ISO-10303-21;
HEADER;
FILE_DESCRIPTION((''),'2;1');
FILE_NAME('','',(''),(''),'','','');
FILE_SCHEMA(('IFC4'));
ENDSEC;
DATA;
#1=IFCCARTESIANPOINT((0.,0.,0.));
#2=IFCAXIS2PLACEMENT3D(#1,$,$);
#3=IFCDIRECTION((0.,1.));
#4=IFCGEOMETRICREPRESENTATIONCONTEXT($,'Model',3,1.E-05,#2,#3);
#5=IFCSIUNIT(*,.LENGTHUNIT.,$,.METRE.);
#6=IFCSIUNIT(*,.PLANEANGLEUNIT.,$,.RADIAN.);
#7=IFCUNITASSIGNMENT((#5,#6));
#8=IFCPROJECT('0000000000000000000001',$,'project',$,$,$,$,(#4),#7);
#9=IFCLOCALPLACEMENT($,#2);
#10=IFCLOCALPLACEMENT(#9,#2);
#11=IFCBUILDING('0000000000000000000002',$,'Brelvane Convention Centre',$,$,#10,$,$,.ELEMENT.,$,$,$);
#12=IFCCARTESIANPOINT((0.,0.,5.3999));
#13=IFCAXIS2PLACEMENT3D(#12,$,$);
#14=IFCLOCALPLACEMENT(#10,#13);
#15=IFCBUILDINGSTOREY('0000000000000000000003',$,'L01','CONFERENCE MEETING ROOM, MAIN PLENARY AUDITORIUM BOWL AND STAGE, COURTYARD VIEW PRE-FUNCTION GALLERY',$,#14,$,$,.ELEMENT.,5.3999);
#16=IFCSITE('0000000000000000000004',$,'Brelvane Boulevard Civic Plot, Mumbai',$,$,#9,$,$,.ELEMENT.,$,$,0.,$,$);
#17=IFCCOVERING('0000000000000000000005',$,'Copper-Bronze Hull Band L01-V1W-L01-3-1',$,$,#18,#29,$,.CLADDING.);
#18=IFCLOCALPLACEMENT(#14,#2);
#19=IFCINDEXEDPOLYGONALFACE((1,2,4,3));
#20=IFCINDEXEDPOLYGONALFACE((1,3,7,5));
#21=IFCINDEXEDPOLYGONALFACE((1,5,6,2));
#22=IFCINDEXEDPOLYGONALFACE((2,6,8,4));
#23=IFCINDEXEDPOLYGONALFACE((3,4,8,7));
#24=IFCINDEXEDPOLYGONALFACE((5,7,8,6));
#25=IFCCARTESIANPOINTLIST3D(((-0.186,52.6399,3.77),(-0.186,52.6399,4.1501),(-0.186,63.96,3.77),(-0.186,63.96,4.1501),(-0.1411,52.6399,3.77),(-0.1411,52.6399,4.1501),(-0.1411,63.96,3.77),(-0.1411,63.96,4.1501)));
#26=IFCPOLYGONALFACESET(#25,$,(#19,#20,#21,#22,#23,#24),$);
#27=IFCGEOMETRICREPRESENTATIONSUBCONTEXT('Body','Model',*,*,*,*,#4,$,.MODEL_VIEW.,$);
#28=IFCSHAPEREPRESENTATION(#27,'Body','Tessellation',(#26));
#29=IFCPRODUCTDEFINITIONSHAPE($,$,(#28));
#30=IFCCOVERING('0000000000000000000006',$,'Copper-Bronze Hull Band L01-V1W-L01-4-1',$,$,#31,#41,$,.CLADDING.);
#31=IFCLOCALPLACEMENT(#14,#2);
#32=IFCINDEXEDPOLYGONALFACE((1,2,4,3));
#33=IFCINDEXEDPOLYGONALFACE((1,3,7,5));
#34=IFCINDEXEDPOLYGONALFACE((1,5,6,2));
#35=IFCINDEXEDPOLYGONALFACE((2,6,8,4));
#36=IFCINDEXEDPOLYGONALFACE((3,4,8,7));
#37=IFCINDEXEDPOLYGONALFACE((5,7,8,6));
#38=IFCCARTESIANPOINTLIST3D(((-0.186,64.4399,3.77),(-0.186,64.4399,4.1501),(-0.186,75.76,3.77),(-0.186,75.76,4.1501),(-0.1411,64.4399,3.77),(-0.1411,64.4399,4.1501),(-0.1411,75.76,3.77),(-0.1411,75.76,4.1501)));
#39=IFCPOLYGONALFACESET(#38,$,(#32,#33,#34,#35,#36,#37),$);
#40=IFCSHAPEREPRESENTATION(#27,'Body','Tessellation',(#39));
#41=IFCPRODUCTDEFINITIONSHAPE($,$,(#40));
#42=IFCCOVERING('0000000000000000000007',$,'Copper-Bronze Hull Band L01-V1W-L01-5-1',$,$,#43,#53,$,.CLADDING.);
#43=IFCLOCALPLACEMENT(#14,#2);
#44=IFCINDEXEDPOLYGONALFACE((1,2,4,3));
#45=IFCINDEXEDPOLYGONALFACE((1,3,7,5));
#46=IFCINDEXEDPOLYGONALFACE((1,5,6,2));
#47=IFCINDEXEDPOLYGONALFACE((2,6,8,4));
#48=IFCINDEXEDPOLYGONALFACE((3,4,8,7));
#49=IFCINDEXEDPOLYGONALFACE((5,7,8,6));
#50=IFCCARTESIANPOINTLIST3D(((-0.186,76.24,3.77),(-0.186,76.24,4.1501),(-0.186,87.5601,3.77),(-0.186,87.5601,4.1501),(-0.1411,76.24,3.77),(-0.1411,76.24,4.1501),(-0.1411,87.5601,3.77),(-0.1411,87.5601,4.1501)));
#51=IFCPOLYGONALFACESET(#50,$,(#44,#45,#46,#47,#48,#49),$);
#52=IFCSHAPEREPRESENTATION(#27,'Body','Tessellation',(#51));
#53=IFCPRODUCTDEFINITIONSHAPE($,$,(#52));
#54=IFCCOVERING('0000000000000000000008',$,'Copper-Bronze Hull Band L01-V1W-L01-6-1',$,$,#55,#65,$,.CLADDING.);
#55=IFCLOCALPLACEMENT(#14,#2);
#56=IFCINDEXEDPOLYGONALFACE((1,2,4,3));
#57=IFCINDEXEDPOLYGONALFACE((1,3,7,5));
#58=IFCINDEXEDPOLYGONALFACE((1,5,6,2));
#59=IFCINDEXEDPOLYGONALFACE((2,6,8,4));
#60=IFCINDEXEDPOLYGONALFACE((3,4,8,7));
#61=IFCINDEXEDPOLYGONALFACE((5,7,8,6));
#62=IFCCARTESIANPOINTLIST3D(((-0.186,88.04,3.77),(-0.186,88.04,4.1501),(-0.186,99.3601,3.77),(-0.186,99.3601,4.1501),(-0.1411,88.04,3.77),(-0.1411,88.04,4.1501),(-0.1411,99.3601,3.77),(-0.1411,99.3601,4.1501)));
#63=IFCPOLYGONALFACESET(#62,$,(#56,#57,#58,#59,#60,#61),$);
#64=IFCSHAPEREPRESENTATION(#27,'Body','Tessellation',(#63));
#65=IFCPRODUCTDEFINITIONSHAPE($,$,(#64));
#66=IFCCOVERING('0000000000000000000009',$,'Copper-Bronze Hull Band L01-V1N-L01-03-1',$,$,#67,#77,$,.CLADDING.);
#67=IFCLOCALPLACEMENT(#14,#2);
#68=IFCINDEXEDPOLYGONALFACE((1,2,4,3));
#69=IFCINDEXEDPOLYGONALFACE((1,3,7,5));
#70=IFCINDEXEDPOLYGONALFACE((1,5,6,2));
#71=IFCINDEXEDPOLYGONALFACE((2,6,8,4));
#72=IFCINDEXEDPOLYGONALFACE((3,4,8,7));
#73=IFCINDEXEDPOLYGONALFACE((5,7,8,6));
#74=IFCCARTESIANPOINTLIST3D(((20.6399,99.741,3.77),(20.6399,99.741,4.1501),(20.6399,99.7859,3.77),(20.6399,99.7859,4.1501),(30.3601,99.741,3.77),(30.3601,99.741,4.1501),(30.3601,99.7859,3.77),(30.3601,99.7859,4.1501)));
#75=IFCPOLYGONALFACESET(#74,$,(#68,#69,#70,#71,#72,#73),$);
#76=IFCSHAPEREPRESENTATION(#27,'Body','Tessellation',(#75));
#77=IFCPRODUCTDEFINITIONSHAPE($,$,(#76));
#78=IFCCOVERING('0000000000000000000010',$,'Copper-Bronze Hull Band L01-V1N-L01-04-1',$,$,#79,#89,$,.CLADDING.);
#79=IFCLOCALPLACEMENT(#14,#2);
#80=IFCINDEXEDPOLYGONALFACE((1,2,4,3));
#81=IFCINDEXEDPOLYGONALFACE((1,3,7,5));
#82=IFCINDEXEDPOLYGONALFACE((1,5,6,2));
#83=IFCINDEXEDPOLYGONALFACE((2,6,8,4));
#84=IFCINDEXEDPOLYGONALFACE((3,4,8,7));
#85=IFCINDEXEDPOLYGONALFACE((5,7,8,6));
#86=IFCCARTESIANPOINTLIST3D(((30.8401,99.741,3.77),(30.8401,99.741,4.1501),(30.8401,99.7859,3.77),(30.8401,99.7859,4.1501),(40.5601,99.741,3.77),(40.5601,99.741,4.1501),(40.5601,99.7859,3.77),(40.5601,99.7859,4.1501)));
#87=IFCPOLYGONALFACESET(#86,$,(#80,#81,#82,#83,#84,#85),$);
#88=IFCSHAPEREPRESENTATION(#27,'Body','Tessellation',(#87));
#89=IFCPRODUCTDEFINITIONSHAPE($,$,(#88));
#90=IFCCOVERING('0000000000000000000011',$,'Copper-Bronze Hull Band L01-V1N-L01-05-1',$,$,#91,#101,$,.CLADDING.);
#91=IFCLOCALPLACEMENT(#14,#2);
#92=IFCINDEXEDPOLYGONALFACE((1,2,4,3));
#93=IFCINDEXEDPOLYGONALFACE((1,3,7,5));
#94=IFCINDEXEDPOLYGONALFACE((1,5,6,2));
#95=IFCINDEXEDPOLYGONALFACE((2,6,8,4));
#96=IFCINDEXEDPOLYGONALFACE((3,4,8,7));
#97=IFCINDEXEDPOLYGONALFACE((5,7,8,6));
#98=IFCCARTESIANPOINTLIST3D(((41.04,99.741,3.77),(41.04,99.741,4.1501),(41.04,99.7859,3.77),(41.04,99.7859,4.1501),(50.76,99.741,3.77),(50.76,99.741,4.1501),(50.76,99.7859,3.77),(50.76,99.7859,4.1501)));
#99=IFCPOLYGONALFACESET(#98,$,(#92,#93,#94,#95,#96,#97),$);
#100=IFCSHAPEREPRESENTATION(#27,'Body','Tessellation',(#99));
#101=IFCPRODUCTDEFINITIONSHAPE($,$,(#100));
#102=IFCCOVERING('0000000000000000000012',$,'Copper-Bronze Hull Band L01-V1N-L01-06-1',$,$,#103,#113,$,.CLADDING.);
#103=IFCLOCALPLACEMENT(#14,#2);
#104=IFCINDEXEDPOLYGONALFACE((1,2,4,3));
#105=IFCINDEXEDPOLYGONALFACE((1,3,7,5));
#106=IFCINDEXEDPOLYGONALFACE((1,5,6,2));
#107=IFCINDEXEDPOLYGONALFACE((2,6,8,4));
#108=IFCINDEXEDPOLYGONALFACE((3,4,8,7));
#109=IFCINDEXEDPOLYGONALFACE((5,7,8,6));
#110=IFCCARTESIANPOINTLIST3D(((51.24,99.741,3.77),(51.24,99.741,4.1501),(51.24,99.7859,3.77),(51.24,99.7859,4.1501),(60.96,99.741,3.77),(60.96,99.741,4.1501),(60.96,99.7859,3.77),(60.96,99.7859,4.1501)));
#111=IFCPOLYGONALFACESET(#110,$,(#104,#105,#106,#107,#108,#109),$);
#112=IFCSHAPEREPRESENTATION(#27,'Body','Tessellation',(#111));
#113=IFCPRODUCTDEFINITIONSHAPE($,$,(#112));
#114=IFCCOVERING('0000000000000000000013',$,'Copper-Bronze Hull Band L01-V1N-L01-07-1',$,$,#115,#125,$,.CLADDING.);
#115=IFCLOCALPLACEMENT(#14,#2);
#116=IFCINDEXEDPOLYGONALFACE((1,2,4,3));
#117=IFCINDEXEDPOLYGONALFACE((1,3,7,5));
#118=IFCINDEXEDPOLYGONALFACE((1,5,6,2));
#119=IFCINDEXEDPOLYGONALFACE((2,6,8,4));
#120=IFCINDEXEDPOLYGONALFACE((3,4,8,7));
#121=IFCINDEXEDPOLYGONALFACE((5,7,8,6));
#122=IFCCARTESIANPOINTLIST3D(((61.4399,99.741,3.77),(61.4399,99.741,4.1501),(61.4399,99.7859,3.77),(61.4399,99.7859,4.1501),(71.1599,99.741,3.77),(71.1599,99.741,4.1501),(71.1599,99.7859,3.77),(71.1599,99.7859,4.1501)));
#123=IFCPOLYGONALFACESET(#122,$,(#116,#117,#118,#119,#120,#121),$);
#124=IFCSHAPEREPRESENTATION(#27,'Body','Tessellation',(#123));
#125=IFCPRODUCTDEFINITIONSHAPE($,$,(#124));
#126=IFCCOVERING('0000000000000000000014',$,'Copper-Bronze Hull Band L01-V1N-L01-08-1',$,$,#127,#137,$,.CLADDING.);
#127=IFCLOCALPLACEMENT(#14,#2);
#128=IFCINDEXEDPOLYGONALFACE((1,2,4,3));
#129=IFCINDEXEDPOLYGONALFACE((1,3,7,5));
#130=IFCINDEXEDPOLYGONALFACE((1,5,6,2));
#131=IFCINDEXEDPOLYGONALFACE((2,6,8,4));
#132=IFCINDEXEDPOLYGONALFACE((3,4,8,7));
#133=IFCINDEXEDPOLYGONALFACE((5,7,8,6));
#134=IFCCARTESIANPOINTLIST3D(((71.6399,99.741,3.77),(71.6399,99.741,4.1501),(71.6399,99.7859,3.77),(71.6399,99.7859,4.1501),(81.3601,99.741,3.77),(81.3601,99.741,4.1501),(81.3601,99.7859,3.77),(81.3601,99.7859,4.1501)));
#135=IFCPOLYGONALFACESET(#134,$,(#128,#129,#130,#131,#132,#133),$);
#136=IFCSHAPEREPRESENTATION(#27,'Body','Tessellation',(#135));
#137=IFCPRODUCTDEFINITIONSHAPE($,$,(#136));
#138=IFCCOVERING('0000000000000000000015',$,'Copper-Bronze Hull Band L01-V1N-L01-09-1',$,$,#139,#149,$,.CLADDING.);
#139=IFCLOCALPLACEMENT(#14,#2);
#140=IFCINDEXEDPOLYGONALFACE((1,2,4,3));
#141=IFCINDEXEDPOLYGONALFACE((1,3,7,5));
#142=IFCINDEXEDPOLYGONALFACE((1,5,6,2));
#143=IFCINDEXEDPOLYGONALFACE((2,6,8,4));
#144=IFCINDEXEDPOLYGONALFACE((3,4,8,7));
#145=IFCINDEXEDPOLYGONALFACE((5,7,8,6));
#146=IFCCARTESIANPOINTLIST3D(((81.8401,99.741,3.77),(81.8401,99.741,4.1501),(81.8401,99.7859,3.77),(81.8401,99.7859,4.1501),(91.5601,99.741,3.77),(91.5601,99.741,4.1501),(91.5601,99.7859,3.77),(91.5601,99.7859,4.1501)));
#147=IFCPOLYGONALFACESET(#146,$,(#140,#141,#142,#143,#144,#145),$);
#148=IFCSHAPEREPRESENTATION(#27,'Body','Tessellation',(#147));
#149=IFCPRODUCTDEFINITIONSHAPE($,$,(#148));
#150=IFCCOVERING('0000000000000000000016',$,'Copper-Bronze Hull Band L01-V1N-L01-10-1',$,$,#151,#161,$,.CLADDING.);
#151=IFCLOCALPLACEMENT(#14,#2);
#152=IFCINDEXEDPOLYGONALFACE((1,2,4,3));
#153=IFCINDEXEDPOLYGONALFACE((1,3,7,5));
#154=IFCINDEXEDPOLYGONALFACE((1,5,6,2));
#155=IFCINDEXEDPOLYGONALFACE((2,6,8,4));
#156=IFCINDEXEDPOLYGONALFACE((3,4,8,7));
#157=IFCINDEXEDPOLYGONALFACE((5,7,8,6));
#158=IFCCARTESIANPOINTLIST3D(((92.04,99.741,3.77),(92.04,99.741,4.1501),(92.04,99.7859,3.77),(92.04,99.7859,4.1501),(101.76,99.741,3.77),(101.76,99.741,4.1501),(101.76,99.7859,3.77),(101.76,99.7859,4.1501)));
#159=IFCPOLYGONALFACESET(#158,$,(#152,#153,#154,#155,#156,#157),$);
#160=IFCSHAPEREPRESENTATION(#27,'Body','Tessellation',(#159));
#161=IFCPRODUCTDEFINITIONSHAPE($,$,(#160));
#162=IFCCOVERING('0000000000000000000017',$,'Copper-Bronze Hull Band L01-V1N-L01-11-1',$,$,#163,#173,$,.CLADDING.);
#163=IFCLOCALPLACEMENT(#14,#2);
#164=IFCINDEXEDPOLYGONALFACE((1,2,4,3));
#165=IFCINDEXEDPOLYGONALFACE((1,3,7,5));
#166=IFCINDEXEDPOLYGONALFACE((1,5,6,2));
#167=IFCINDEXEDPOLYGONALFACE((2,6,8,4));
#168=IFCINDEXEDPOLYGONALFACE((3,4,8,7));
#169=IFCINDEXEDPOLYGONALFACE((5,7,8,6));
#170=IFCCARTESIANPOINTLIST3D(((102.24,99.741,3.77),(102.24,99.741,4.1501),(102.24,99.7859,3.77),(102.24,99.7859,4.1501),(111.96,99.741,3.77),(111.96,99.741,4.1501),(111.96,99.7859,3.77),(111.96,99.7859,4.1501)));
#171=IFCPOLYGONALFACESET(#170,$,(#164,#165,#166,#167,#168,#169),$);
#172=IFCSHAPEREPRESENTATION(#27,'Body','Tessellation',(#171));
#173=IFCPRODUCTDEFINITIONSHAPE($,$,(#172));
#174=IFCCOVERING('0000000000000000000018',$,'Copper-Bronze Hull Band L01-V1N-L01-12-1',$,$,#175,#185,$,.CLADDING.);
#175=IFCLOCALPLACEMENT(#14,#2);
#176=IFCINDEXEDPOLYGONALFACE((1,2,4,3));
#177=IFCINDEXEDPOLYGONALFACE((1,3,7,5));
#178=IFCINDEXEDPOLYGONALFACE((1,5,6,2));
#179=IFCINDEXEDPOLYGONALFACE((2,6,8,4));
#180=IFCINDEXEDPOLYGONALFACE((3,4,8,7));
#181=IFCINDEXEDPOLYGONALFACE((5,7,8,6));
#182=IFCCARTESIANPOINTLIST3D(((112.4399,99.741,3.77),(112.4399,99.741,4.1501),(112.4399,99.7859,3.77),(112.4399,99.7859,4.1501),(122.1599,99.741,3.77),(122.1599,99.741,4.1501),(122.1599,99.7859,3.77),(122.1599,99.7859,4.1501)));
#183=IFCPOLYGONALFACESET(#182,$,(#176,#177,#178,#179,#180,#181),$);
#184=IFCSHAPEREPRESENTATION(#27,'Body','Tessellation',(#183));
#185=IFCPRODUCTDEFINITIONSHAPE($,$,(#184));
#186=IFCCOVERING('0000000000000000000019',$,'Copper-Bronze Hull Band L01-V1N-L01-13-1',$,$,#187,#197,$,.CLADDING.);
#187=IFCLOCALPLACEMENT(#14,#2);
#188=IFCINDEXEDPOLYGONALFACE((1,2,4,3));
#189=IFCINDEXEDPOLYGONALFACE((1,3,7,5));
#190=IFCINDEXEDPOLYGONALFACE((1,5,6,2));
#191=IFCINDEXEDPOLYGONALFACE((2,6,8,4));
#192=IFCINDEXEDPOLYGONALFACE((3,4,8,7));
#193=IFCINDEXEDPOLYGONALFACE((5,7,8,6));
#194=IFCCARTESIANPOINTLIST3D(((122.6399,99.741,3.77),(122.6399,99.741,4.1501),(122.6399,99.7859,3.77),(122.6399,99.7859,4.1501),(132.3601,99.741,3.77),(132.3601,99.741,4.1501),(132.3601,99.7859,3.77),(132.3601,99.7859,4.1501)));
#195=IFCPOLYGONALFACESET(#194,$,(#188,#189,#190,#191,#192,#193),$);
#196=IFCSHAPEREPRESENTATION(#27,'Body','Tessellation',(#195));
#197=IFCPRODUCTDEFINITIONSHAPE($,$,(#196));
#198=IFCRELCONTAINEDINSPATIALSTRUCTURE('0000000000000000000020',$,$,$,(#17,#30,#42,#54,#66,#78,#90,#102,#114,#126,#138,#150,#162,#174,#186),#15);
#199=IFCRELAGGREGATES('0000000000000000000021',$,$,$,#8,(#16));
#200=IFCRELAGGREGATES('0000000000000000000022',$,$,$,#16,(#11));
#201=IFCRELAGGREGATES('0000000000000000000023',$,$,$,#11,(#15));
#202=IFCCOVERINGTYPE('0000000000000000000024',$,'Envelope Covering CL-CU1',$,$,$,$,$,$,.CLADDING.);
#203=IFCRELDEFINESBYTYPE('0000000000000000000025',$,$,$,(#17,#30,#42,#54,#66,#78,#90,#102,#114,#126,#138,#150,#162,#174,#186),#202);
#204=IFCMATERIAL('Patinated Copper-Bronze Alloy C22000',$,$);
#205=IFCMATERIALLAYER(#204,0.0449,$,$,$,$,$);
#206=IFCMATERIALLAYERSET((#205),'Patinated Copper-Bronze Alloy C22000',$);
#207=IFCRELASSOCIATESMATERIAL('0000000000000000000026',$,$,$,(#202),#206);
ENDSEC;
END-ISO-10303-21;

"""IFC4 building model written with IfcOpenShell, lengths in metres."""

from ifc_helpers import new_model, si_unit, direction, frame, origin, place, context, subcontext, project, spatial, polyline, outline, extrude, material, layer, layer_set, type_object, element, save


model = new_model("IFC4")

# Units and contexts
model_context = context("Model", 3, precision=1e-05, world=origin(), true_north=direction((0.0, 1.0)))
body_context = subcontext(model_context, "Body", "Model", "MODEL_VIEW")
ifc_project = project(units=[si_unit("LENGTHUNIT", "METRE"), si_unit("PLANEANGLEUNIT", "RADIAN")], contexts=[model_context])

# Site, building, storey
site_placement = place(None, origin())
site = spatial("IfcSite", under=ifc_project, at=site_placement, Name="Brelvane Boulevard Civic Plot, Mumbai", CompositionType="ELEMENT", RefElevation=0.0)
building_placement = place(site_placement, origin())
building = spatial("IfcBuilding", under=site, at=building_placement, Name="Brelvane Convention Centre", CompositionType="ELEMENT")
storey_placement = place(building_placement, frame((0.0, 0.0, 5.3999)))
storey = spatial("IfcBuildingStorey", under=building, at=storey_placement, Name="L01", Description="CONFERENCE MEETING ROOM, MAIN PLENARY AUDITORIUM BOWL AND STAGE, COURTYARD VIEW PRE-FUNCTION GALLERY", CompositionType="ELEMENT", Elevation=5.3999)

# Coverings
ifc_material_1 = material(Name="Patinated Copper-Bronze Alloy C22000")
ifc_layer_1 = layer(ifc_material_1, 0.0449)
ifc_layer_set_1 = layer_set([ifc_layer_1], Name="Patinated Copper-Bronze Alloy C22000")
covering_type_1 = type_object("IfcCoveringType", Name="Envelope Covering CL-CU1", PredefinedType="CLADDING", material=ifc_layer_set_1)
covering_1_placement = place(storey_placement, frame((0.0, 0.0, 3.77)))
element("IfcCovering", 1, at=covering_1_placement, inside=storey, type_object=covering_type_1, Name="Copper-Bronze Hull Band L01-V1W-L01-3-1", PredefinedType="CLADDING", context=body_context, shape_type="SweptSolid", body=[
    extrude(outline(polyline([(-0.1411, 52.6399), (-0.1411, 63.96), (-0.186, 63.96), (-0.186, 52.6399), (-0.1411, 52.6399)])), origin(), (0.0, 0.0, 1.0), 0.3801),
])
covering_2_placement = place(storey_placement, frame((0.0, 0.0, 3.77)))
element("IfcCovering", 2, at=covering_2_placement, inside=storey, type_object=covering_type_1, Name="Copper-Bronze Hull Band L01-V1W-L01-4-1", PredefinedType="CLADDING", context=body_context, shape_type="SweptSolid", body=[
    extrude(outline(polyline([(-0.1411, 64.4399), (-0.1411, 75.76), (-0.186, 75.76), (-0.186, 64.4399), (-0.1411, 64.4399)])), origin(), (0.0, 0.0, 1.0), 0.3801),
])
covering_3_placement = place(storey_placement, frame((0.0, 0.0, 3.77)))
element("IfcCovering", 3, at=covering_3_placement, inside=storey, type_object=covering_type_1, Name="Copper-Bronze Hull Band L01-V1W-L01-5-1", PredefinedType="CLADDING", context=body_context, shape_type="SweptSolid", body=[
    extrude(outline(polyline([(-0.1411, 76.24), (-0.1411, 87.5601), (-0.186, 87.5601), (-0.186, 76.24), (-0.1411, 76.24)])), origin(), (0.0, 0.0, 1.0), 0.3801),
])
covering_4_placement = place(storey_placement, frame((0.0, 0.0, 3.77)))
element("IfcCovering", 4, at=covering_4_placement, inside=storey, type_object=covering_type_1, Name="Copper-Bronze Hull Band L01-V1W-L01-6-1", PredefinedType="CLADDING", context=body_context, shape_type="SweptSolid", body=[
    extrude(outline(polyline([(-0.1411, 88.04), (-0.1411, 99.3601), (-0.186, 99.3601), (-0.186, 88.04), (-0.1411, 88.04)])), origin(), (0.0, 0.0, 1.0), 0.3801),
])
covering_5_placement = place(storey_placement, frame((0.0, 0.0, 3.77)))
element("IfcCovering", 5, at=covering_5_placement, inside=storey, type_object=covering_type_1, Name="Copper-Bronze Hull Band L01-V1N-L01-03-1", PredefinedType="CLADDING", context=body_context, shape_type="SweptSolid", body=[
    extrude(outline(polyline([(20.6399, 99.741), (30.3601, 99.741), (30.3601, 99.7859), (20.6399, 99.7859), (20.6399, 99.741)])), origin(), (0.0, 0.0, 1.0), 0.3801),
])
covering_6_placement = place(storey_placement, frame((0.0, 0.0, 3.77)))
element("IfcCovering", 6, at=covering_6_placement, inside=storey, type_object=covering_type_1, Name="Copper-Bronze Hull Band L01-V1N-L01-04-1", PredefinedType="CLADDING", context=body_context, shape_type="SweptSolid", body=[
    extrude(outline(polyline([(30.8401, 99.741), (40.5601, 99.741), (40.5601, 99.7859), (30.8401, 99.7859), (30.8401, 99.741)])), origin(), (0.0, 0.0, 1.0), 0.3801),
])
covering_7_placement = place(storey_placement, frame((0.0, 0.0, 3.77)))
element("IfcCovering", 7, at=covering_7_placement, inside=storey, type_object=covering_type_1, Name="Copper-Bronze Hull Band L01-V1N-L01-05-1", PredefinedType="CLADDING", context=body_context, shape_type="SweptSolid", body=[
    extrude(outline(polyline([(41.04, 99.741), (50.76, 99.741), (50.76, 99.7859), (41.04, 99.7859), (41.04, 99.741)])), origin(), (0.0, 0.0, 1.0), 0.3801),
])
covering_8_placement = place(storey_placement, frame((0.0, 0.0, 3.77)))
element("IfcCovering", 8, at=covering_8_placement, inside=storey, type_object=covering_type_1, Name="Copper-Bronze Hull Band L01-V1N-L01-06-1", PredefinedType="CLADDING", context=body_context, shape_type="SweptSolid", body=[
    extrude(outline(polyline([(51.24, 99.741), (60.96, 99.741), (60.96, 99.7859), (51.24, 99.7859), (51.24, 99.741)])), origin(), (0.0, 0.0, 1.0), 0.3801),
])
covering_9_placement = place(storey_placement, frame((0.0, 0.0, 3.77)))
element("IfcCovering", 9, at=covering_9_placement, inside=storey, type_object=covering_type_1, Name="Copper-Bronze Hull Band L01-V1N-L01-07-1", PredefinedType="CLADDING", context=body_context, shape_type="SweptSolid", body=[
    extrude(outline(polyline([(61.4399, 99.741), (71.1599, 99.741), (71.1599, 99.7859), (61.4399, 99.7859), (61.4399, 99.741)])), origin(), (0.0, 0.0, 1.0), 0.3801),
])
covering_10_placement = place(storey_placement, frame((0.0, 0.0, 3.77)))
element("IfcCovering", 10, at=covering_10_placement, inside=storey, type_object=covering_type_1, Name="Copper-Bronze Hull Band L01-V1N-L01-08-1", PredefinedType="CLADDING", context=body_context, shape_type="SweptSolid", body=[
    extrude(outline(polyline([(71.6399, 99.741), (81.3601, 99.741), (81.3601, 99.7859), (71.6399, 99.7859), (71.6399, 99.741)])), origin(), (0.0, 0.0, 1.0), 0.3801),
])
covering_11_placement = place(storey_placement, frame((0.0, 0.0, 3.77)))
element("IfcCovering", 11, at=covering_11_placement, inside=storey, type_object=covering_type_1, Name="Copper-Bronze Hull Band L01-V1N-L01-09-1", PredefinedType="CLADDING", context=body_context, shape_type="SweptSolid", body=[
    extrude(outline(polyline([(81.8401, 99.741), (91.5601, 99.741), (91.5601, 99.7859), (81.8401, 99.7859), (81.8401, 99.741)])), origin(), (0.0, 0.0, 1.0), 0.3801),
])
covering_12_placement = place(storey_placement, frame((0.0, 0.0, 3.77)))
element("IfcCovering", 12, at=covering_12_placement, inside=storey, type_object=covering_type_1, Name="Copper-Bronze Hull Band L01-V1N-L01-10-1", PredefinedType="CLADDING", context=body_context, shape_type="SweptSolid", body=[
    extrude(outline(polyline([(92.04, 99.741), (101.76, 99.741), (101.76, 99.7859), (92.04, 99.7859), (92.04, 99.741)])), origin(), (0.0, 0.0, 1.0), 0.3801),
])
covering_13_placement = place(storey_placement, frame((0.0, 0.0, 3.77)))
element("IfcCovering", 13, at=covering_13_placement, inside=storey, type_object=covering_type_1, Name="Copper-Bronze Hull Band L01-V1N-L01-11-1", PredefinedType="CLADDING", context=body_context, shape_type="SweptSolid", body=[
    extrude(outline(polyline([(102.24, 99.741), (111.96, 99.741), (111.96, 99.7859), (102.24, 99.7859), (102.24, 99.741)])), origin(), (0.0, 0.0, 1.0), 0.3801),
])
covering_14_placement = place(storey_placement, frame((0.0, 0.0, 3.77)))
element("IfcCovering", 14, at=covering_14_placement, inside=storey, type_object=covering_type_1, Name="Copper-Bronze Hull Band L01-V1N-L01-12-1", PredefinedType="CLADDING", context=body_context, shape_type="SweptSolid", body=[
    extrude(outline(polyline([(112.4399, 99.741), (122.1599, 99.741), (122.1599, 99.7859), (112.4399, 99.7859), (112.4399, 99.741)])), origin(), (0.0, 0.0, 1.0), 0.3801),
])
covering_15_placement = place(storey_placement, frame((0.0, 0.0, 3.77)))
element("IfcCovering", 15, at=covering_15_placement, inside=storey, type_object=covering_type_1, Name="Copper-Bronze Hull Band L01-V1N-L01-13-1", PredefinedType="CLADDING", context=body_context, shape_type="SweptSolid", body=[
    extrude(outline(polyline([(122.6399, 99.741), (132.3601, 99.741), (132.3601, 99.7859), (122.6399, 99.7859), (122.6399, 99.741)])), origin(), (0.0, 0.0, 1.0), 0.3801),
])

save(model, "model.ifc")
